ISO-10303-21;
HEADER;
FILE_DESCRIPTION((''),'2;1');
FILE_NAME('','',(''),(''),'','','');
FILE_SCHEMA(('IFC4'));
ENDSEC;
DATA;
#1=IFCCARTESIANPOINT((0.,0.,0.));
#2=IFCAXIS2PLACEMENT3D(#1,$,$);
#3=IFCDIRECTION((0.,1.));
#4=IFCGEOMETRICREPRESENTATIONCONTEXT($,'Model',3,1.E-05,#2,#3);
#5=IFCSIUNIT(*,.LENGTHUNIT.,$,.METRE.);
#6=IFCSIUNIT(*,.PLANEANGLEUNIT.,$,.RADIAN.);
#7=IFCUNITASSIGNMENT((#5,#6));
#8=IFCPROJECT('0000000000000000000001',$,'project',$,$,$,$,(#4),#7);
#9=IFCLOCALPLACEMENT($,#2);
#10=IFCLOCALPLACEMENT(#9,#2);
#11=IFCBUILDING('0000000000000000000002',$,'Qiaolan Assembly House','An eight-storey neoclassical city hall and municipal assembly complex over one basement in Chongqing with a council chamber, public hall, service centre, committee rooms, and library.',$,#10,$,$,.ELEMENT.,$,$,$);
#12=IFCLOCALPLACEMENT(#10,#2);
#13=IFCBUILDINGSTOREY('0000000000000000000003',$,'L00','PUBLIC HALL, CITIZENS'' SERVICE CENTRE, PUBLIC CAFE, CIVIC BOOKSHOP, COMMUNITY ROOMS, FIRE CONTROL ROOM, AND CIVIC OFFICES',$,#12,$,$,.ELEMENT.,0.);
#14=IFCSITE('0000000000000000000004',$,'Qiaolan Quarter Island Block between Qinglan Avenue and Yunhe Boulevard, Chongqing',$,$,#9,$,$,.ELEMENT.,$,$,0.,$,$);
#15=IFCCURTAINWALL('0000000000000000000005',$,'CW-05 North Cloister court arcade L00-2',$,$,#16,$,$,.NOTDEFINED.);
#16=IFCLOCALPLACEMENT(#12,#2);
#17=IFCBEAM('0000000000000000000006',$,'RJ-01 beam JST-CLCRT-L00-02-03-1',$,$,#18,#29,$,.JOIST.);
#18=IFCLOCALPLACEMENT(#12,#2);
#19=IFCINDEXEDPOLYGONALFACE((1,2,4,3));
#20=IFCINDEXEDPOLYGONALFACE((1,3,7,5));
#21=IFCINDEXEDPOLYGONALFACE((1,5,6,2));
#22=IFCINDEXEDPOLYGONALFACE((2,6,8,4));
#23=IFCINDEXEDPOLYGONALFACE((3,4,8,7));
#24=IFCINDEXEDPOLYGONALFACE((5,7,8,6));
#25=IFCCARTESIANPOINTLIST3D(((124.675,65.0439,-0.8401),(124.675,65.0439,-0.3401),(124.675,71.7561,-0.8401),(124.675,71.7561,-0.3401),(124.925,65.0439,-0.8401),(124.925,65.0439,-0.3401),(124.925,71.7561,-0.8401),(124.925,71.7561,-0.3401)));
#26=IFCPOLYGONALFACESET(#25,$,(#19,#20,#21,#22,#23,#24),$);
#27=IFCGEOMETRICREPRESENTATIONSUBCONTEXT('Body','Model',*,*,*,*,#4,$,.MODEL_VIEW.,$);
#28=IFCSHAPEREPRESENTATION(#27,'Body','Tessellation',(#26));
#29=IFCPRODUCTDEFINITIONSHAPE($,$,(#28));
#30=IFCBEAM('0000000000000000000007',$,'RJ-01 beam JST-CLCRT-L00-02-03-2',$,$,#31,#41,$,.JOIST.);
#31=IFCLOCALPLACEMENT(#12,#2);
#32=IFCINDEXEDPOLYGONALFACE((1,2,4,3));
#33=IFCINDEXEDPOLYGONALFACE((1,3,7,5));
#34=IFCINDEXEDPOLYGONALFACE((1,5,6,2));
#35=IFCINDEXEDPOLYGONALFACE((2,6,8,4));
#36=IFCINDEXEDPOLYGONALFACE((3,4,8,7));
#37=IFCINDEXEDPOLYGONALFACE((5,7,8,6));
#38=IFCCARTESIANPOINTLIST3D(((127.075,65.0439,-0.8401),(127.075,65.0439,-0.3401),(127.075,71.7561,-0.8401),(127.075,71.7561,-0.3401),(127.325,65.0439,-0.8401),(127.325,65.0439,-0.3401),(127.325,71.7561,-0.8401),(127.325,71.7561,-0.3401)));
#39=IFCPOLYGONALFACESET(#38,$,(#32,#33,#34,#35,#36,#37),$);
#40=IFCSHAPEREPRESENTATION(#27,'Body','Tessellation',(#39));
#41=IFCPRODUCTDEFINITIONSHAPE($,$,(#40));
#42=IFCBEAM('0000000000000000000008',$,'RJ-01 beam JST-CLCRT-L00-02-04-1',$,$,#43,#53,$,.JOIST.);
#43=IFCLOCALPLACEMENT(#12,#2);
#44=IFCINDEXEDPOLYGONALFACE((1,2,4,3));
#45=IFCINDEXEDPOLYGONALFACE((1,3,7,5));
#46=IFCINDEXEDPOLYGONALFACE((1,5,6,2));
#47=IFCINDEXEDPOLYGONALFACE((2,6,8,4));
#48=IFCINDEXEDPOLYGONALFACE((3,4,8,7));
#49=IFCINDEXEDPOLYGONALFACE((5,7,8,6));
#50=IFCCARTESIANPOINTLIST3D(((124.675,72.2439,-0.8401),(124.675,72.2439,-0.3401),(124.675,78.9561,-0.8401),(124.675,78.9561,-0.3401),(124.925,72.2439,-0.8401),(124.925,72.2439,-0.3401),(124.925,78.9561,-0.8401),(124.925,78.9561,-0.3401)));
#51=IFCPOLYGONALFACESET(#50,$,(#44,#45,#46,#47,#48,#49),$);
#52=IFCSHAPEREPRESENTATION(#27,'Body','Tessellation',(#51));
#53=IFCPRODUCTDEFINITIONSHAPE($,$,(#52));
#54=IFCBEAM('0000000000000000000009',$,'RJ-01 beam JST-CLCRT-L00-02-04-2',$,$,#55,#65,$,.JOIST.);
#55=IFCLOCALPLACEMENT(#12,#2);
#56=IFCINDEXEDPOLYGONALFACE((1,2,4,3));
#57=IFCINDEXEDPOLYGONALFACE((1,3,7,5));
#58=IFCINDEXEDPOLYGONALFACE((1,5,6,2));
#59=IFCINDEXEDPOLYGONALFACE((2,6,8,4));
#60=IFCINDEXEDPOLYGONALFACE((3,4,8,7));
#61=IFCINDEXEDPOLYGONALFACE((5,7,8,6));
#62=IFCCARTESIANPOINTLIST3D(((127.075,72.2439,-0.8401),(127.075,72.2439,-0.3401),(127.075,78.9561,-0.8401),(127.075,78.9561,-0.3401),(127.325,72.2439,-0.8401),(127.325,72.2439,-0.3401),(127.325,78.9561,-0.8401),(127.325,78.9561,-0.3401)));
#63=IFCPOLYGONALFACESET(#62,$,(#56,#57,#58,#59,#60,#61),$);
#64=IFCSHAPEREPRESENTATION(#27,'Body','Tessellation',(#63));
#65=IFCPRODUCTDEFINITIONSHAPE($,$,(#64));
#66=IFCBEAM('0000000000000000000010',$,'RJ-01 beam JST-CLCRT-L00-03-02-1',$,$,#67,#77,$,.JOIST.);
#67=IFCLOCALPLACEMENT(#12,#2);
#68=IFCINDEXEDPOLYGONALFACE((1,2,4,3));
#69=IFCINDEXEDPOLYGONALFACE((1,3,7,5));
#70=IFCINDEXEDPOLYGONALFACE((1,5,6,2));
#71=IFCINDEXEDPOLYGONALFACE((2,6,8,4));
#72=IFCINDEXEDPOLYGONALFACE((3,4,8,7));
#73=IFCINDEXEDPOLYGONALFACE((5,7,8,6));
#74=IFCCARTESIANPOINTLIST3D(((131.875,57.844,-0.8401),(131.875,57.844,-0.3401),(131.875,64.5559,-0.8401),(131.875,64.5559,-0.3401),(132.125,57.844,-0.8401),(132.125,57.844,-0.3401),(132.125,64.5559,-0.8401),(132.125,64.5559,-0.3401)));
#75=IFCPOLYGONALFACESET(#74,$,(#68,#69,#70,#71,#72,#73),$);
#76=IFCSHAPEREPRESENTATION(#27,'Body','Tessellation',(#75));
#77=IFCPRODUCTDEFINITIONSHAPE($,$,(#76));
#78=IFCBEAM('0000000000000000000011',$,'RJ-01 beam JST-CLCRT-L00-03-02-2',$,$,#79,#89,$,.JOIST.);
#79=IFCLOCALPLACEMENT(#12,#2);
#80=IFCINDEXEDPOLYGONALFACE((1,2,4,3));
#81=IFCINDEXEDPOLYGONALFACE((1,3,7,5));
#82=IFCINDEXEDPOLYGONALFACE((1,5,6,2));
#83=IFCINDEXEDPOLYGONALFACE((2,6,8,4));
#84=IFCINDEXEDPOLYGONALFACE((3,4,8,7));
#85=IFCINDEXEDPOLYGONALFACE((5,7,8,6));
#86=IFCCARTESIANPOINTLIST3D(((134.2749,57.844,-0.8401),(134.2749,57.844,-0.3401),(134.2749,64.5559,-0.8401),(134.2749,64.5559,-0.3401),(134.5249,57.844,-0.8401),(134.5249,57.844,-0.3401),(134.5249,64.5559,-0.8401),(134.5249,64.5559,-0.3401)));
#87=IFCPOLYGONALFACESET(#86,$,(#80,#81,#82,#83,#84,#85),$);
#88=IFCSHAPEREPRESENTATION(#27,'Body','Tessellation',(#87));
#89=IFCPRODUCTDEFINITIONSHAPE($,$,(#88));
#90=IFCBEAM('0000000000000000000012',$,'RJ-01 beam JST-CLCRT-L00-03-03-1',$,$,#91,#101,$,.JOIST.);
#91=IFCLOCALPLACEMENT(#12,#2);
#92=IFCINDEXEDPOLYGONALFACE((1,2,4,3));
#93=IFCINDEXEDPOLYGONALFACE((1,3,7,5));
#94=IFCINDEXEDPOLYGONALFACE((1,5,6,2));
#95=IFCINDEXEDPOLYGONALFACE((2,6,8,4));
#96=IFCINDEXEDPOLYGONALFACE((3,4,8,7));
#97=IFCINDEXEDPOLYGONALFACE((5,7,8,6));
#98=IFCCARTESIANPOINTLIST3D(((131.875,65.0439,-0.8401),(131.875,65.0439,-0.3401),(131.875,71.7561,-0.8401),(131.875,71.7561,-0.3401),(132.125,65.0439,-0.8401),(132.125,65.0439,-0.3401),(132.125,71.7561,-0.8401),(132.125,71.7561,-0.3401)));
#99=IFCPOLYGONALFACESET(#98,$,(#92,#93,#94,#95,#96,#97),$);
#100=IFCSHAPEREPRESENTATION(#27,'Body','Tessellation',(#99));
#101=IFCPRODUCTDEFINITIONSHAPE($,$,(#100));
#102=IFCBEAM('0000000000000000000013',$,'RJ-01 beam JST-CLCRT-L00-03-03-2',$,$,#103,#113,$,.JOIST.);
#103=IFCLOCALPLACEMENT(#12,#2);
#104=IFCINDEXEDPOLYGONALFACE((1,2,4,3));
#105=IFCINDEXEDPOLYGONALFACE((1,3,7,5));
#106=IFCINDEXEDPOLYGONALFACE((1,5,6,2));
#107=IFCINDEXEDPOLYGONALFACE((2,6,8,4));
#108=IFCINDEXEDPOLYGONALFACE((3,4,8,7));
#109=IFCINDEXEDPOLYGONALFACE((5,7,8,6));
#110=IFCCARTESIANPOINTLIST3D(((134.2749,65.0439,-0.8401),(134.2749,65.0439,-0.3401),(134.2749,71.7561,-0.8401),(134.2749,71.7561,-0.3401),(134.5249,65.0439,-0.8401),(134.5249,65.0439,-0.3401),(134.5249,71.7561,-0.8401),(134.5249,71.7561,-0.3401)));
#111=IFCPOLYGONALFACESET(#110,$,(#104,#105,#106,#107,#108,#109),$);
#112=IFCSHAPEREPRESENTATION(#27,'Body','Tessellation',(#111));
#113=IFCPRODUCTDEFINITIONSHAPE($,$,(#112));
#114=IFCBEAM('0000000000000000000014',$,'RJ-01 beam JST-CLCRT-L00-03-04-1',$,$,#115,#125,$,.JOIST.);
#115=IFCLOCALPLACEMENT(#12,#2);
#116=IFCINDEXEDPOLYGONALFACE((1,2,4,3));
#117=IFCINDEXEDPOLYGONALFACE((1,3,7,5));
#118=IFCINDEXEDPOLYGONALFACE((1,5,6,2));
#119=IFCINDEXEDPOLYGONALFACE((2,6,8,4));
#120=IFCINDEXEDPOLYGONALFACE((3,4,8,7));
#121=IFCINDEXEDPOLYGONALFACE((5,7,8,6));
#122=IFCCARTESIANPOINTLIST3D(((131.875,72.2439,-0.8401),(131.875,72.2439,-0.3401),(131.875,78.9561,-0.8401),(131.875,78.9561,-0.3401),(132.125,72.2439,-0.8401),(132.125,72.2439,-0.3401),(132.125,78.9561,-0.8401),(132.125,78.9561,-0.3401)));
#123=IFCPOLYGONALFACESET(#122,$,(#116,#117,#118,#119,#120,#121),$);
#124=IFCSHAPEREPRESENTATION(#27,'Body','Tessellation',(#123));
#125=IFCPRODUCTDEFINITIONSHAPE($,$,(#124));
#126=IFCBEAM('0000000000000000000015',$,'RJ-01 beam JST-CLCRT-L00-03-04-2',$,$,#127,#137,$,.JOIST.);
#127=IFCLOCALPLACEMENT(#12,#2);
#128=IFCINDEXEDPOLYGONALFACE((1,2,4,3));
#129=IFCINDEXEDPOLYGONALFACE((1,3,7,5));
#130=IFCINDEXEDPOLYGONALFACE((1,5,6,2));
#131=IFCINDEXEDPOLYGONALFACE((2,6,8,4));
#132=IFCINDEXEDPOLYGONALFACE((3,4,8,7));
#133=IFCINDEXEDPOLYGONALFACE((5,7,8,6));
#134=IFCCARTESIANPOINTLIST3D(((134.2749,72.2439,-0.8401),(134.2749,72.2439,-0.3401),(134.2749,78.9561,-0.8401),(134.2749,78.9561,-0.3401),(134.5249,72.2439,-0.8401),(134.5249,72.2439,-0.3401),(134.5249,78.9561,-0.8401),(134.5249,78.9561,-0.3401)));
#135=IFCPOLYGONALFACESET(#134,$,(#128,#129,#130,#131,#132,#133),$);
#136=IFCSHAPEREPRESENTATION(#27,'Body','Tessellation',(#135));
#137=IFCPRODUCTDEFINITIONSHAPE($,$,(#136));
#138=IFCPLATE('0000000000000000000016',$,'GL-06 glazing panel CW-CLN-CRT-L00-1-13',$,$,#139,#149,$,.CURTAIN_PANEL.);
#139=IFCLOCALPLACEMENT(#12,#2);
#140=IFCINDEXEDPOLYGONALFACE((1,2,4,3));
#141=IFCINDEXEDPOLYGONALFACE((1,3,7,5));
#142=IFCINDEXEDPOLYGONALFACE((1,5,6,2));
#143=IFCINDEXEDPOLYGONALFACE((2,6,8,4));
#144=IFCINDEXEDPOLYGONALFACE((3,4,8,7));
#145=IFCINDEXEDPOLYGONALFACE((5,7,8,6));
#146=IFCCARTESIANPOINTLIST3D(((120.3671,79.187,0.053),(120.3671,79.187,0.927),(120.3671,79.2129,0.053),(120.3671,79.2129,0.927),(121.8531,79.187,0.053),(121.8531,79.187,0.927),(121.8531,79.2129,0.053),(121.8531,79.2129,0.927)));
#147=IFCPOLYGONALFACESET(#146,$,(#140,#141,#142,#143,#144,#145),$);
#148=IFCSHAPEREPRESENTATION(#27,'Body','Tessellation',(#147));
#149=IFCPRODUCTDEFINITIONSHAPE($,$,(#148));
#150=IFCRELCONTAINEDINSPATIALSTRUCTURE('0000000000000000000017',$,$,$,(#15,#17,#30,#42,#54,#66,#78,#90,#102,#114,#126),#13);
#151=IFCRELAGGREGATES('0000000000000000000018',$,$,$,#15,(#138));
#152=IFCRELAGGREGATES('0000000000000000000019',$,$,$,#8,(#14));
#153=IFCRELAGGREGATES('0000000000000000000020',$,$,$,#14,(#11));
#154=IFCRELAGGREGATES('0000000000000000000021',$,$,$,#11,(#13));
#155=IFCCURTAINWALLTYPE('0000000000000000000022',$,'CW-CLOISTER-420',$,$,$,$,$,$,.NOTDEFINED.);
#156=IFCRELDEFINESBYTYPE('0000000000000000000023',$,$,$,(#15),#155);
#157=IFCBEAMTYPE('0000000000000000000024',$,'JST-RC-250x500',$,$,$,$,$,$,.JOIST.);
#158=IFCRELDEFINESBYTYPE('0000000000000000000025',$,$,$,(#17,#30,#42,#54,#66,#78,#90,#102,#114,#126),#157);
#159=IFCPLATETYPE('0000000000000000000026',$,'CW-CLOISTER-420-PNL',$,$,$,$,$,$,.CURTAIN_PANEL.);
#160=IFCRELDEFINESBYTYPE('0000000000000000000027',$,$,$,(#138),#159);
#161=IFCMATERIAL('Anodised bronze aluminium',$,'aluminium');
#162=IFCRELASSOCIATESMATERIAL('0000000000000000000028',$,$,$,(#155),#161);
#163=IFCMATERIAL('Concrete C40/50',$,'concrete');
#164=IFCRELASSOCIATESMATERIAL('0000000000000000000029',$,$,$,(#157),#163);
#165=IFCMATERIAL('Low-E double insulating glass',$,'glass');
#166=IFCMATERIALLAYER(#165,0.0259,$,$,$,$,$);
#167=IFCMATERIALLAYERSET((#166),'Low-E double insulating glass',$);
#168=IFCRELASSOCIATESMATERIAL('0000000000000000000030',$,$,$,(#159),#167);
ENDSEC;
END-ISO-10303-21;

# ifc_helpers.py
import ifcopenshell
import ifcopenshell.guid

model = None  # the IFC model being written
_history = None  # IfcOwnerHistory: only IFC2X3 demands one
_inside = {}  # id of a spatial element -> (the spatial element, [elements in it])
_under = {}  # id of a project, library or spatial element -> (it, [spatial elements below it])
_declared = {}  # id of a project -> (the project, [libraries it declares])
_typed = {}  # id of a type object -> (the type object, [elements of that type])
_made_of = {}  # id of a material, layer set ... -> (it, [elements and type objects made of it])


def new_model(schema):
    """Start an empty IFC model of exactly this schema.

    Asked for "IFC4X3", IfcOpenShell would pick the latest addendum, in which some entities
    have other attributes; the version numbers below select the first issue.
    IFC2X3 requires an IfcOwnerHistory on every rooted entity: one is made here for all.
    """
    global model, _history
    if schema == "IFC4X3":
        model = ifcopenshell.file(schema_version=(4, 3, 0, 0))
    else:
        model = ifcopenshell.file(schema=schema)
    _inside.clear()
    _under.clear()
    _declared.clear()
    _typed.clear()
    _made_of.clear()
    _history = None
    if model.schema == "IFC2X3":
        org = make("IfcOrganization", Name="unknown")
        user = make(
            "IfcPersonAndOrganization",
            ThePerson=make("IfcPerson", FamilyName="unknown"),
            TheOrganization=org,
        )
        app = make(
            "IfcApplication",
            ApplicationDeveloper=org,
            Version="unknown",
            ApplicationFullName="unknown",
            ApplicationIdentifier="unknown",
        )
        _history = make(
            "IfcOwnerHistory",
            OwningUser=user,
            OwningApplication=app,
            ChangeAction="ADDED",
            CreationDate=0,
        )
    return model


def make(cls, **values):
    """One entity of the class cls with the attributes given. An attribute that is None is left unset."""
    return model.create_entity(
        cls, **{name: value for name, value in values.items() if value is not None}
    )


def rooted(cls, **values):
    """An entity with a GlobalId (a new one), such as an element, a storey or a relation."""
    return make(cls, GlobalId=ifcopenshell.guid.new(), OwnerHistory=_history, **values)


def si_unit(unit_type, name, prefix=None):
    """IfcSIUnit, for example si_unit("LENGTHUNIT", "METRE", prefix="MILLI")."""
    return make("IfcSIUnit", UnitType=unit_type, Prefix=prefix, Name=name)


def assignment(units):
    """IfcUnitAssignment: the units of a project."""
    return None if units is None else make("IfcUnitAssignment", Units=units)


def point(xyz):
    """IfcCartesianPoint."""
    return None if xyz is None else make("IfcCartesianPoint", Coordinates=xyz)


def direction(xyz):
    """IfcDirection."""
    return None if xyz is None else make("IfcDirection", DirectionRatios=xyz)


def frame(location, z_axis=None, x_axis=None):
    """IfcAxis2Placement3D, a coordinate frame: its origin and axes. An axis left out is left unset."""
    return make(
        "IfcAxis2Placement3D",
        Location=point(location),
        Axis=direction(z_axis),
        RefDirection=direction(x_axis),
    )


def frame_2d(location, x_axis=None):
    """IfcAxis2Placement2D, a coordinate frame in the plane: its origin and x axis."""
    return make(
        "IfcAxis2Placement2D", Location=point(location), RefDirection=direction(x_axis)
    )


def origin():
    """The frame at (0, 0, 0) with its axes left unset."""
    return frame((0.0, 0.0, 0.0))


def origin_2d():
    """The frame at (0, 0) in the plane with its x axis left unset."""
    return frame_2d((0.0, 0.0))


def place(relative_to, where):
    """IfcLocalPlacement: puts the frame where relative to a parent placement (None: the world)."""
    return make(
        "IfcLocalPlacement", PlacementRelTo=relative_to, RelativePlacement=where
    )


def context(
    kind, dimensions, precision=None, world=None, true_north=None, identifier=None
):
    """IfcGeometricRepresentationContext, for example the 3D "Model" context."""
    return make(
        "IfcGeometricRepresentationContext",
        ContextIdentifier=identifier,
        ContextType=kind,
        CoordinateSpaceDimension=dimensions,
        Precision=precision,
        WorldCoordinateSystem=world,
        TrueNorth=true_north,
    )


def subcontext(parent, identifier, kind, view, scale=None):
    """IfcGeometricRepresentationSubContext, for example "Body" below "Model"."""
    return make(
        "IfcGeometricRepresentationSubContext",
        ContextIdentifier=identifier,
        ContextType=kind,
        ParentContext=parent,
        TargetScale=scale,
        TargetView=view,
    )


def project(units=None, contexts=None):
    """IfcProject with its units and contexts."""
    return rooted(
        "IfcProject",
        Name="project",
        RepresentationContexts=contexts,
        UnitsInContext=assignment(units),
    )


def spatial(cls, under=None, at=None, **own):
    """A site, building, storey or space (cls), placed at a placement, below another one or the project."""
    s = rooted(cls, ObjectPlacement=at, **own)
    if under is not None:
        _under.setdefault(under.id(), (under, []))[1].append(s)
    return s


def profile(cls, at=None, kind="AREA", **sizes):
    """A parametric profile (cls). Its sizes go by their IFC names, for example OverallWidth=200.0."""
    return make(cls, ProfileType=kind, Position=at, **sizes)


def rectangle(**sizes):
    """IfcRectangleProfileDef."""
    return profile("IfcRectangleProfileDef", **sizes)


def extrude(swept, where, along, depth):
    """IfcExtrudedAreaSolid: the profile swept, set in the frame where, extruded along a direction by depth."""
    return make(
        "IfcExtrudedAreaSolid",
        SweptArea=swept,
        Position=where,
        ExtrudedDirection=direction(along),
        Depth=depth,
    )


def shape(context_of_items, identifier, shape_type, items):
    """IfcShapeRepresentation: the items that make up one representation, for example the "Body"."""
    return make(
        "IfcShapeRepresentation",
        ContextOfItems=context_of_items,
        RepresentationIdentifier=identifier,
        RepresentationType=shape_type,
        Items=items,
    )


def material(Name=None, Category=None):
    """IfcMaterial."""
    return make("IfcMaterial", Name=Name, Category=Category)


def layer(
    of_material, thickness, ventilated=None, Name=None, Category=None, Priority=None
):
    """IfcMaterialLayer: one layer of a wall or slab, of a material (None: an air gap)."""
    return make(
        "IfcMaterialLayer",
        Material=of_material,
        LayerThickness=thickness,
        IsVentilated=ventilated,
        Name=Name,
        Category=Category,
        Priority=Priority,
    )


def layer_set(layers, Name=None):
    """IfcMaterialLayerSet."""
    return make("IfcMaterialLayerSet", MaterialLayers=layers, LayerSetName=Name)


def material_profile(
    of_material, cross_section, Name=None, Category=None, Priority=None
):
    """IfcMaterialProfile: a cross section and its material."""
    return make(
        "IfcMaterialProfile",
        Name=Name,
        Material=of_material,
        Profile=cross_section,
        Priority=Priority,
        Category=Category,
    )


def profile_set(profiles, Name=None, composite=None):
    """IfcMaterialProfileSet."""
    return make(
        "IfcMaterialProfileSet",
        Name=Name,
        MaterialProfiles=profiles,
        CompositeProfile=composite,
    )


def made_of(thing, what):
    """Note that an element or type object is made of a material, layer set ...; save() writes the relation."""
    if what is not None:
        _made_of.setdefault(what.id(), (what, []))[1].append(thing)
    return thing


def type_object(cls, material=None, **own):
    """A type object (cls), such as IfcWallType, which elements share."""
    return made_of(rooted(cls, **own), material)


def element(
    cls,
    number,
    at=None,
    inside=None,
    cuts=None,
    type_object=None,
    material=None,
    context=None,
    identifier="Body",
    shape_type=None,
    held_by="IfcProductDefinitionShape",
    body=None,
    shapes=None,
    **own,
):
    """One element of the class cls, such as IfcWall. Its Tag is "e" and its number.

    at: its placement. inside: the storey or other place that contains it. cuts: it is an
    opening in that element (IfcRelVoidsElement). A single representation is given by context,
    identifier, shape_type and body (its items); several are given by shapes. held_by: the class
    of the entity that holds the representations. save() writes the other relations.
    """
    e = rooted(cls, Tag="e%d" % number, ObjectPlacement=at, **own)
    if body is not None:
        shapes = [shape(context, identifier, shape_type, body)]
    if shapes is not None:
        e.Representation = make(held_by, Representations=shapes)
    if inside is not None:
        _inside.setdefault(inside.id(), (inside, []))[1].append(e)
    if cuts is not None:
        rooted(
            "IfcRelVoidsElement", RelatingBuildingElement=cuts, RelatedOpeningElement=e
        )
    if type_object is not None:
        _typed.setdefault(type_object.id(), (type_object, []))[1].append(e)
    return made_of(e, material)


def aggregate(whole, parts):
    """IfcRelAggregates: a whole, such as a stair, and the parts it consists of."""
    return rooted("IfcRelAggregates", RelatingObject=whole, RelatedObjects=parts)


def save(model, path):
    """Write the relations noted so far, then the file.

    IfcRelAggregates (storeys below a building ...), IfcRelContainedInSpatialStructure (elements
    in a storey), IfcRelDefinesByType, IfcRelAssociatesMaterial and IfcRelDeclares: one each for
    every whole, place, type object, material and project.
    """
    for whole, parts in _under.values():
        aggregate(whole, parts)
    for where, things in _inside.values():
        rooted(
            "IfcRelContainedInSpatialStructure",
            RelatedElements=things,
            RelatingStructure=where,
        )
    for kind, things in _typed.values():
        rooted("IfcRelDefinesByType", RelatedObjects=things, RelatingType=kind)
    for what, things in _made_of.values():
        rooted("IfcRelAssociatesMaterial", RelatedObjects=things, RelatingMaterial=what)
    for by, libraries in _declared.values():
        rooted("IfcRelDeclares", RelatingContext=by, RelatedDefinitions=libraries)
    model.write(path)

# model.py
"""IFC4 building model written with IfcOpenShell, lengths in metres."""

from ifc_helpers import new_model, si_unit, direction, frame, frame_2d, origin, origin_2d, place, context, subcontext, project, spatial, rectangle, extrude, material, layer, layer_set, material_profile, profile_set, type_object, element, aggregate, save


model = new_model("IFC4")

# Units and contexts
model_context = context("Model", 3, precision=1e-05, world=origin(), true_north=direction((0.0, 1.0)))
body_context = subcontext(model_context, "Body", "Model", "MODEL_VIEW")
ifc_project = project(units=[si_unit("LENGTHUNIT", "METRE"), si_unit("PLANEANGLEUNIT", "RADIAN")], contexts=[model_context])

# Site, building, storey
site_placement = place(None, origin())
site = spatial("IfcSite", under=ifc_project, at=site_placement, Name="Qiaolan Quarter Island Block between Qinglan Avenue and Yunhe Boulevard, Chongqing", CompositionType="ELEMENT", RefElevation=0.0)
building_placement = place(site_placement, origin())
building = spatial("IfcBuilding", under=site, at=building_placement, Name="Qiaolan Assembly House", Description="An eight-storey neoclassical city hall and municipal assembly complex over one basement in Chongqing with a council chamber, public hall, service centre, committee rooms, and library.", CompositionType="ELEMENT")
storey_placement = place(building_placement, origin())
storey = spatial("IfcBuildingStorey", under=building, at=storey_placement, Name="L00", Description="PUBLIC HALL, CITIZENS' SERVICE CENTRE, PUBLIC CAFE, CIVIC BOOKSHOP, COMMUNITY ROOMS, FIRE CONTROL ROOM, AND CIVIC OFFICES", CompositionType="ELEMENT", Elevation=0.0)

# Shared definitions
ifc_material_1 = material(Name="Concrete C40/50", Category="concrete")

# Curtain wall
ifc_material_2 = material(Name="Anodised bronze aluminium", Category="aluminium")
curtain_wall_type = type_object("IfcCurtainWallType", Name="CW-CLOISTER-420", PredefinedType="NOTDEFINED", material=ifc_material_2)
curtain_wall_placement = place(storey_placement, origin())
curtain_wall = element("IfcCurtainWall", 1, at=curtain_wall_placement, inside=storey, type_object=curtain_wall_type, Name="CW-05 North Cloister court arcade L00-2", PredefinedType="NOTDEFINED")

# Beams
ifc_material_profile_1 = material_profile(ifc_material_1, rectangle(XDim=0.25, YDim=0.5, at=origin_2d()), Name="RCB 250x500")
ifc_profile_set_1 = profile_set([ifc_material_profile_1], Name="Concrete C40/50")
beam_type_1 = type_object("IfcBeamType", Name="JST-RC-250x500", PredefinedType="JOIST", material=ifc_profile_set_1)
for number, where, z_axis, x_axis, name in (
    (2, (124.8, 65.0439, -0.5901), (0.0, 1.0, 0.0), (-1.0, 0.0, 0.0), "RJ-01 beam JST-CLCRT-L00-02-03-1"),
    (3, (127.2, 65.0439, -0.5901), (0.0, 1.0, 0.0), (-1.0, 0.0, 0.0), "RJ-01 beam JST-CLCRT-L00-02-03-2"),
    (4, (124.8, 72.2439, -0.5901), (0.0, 1.0, 0.0), (-1.0, 0.0, 0.0), "RJ-01 beam JST-CLCRT-L00-02-04-1"),
    (5, (127.2, 72.2439, -0.5901), (0.0, 1.0, 0.0), (-1.0, 0.0, 0.0), "RJ-01 beam JST-CLCRT-L00-02-04-2"),
):
    element("IfcBeam", number, at=place(storey_placement, frame(where, z_axis=z_axis, x_axis=x_axis)), inside=storey, type_object=beam_type_1, Name=name, PredefinedType="JOIST", context=body_context, shape_type="SweptSolid", body=[
        extrude(rectangle(XDim=0.25, YDim=0.5, at=origin_2d()), origin(), (0.0, 0.0, 1.0), 6.7122),
    ])
for number, where, z_axis, x_axis, name in (
    (6, (132.0, 57.844, -0.5901), (0.0, 1.0, 0.0), (-1.0, 0.0, 0.0), "RJ-01 beam JST-CLCRT-L00-03-02-1"),
    (7, (134.3999, 57.844, -0.5901), (0.0, 1.0, 0.0), (-1.0, 0.0, 0.0), "RJ-01 beam JST-CLCRT-L00-03-02-2"),
):
    element("IfcBeam", number, at=place(storey_placement, frame(where, z_axis=z_axis, x_axis=x_axis)), inside=storey, type_object=beam_type_1, Name=name, PredefinedType="JOIST", context=body_context, shape_type="SweptSolid", body=[
        extrude(rectangle(XDim=0.25, YDim=0.5, at=origin_2d()), origin(), (0.0, 0.0, 1.0), 6.7119),
    ])
for number, where, z_axis, x_axis, name in (
    (8, (132.0, 65.0439, -0.5901), (0.0, 1.0, 0.0), (-1.0, 0.0, 0.0), "RJ-01 beam JST-CLCRT-L00-03-03-1"),
    (9, (134.3999, 65.0439, -0.5901), (0.0, 1.0, 0.0), (-1.0, 0.0, 0.0), "RJ-01 beam JST-CLCRT-L00-03-03-2"),
    (10, (132.0, 72.2439, -0.5901), (0.0, 1.0, 0.0), (-1.0, 0.0, 0.0), "RJ-01 beam JST-CLCRT-L00-03-04-1"),
    (11, (134.3999, 72.2439, -0.5901), (0.0, 1.0, 0.0), (-1.0, 0.0, 0.0), "RJ-01 beam JST-CLCRT-L00-03-04-2"),
):
    element("IfcBeam", number, at=place(storey_placement, frame(where, z_axis=z_axis, x_axis=x_axis)), inside=storey, type_object=beam_type_1, Name=name, PredefinedType="JOIST", context=body_context, shape_type="SweptSolid", body=[
        extrude(rectangle(XDim=0.25, YDim=0.5, at=origin_2d()), origin(), (0.0, 0.0, 1.0), 6.7122),
    ])

# Plate
ifc_material_3 = material(Name="Low-E double insulating glass", Category="glass")
ifc_layer = layer(ifc_material_3, 0.0259)
ifc_layer_set = layer_set([ifc_layer], Name="Low-E double insulating glass")
plate_type = type_object("IfcPlateType", Name="CW-CLOISTER-420-PNL", PredefinedType="CURTAIN_PANEL", material=ifc_layer_set)
plate_placement = place(storey_placement, frame((120.3669, 79.2, 0.053), z_axis=(0.0, 0.0, 1.0), x_axis=(1.0, 0.0, 0.0)))
plate = element("IfcPlate", 12, at=plate_placement, type_object=plate_type, Name="GL-06 glazing panel CW-CLN-CRT-L00-1-13", PredefinedType="CURTAIN_PANEL", context=body_context, shape_type="SweptSolid", body=[
    extrude(rectangle(XDim=1.4861, YDim=0.0259, at=frame_2d((0.7432, 0.0))), origin(), (0.0, 0.0, 1.0), 0.874),
])
aggregate(curtain_wall, [plate])

save(model, "model.ifc")
